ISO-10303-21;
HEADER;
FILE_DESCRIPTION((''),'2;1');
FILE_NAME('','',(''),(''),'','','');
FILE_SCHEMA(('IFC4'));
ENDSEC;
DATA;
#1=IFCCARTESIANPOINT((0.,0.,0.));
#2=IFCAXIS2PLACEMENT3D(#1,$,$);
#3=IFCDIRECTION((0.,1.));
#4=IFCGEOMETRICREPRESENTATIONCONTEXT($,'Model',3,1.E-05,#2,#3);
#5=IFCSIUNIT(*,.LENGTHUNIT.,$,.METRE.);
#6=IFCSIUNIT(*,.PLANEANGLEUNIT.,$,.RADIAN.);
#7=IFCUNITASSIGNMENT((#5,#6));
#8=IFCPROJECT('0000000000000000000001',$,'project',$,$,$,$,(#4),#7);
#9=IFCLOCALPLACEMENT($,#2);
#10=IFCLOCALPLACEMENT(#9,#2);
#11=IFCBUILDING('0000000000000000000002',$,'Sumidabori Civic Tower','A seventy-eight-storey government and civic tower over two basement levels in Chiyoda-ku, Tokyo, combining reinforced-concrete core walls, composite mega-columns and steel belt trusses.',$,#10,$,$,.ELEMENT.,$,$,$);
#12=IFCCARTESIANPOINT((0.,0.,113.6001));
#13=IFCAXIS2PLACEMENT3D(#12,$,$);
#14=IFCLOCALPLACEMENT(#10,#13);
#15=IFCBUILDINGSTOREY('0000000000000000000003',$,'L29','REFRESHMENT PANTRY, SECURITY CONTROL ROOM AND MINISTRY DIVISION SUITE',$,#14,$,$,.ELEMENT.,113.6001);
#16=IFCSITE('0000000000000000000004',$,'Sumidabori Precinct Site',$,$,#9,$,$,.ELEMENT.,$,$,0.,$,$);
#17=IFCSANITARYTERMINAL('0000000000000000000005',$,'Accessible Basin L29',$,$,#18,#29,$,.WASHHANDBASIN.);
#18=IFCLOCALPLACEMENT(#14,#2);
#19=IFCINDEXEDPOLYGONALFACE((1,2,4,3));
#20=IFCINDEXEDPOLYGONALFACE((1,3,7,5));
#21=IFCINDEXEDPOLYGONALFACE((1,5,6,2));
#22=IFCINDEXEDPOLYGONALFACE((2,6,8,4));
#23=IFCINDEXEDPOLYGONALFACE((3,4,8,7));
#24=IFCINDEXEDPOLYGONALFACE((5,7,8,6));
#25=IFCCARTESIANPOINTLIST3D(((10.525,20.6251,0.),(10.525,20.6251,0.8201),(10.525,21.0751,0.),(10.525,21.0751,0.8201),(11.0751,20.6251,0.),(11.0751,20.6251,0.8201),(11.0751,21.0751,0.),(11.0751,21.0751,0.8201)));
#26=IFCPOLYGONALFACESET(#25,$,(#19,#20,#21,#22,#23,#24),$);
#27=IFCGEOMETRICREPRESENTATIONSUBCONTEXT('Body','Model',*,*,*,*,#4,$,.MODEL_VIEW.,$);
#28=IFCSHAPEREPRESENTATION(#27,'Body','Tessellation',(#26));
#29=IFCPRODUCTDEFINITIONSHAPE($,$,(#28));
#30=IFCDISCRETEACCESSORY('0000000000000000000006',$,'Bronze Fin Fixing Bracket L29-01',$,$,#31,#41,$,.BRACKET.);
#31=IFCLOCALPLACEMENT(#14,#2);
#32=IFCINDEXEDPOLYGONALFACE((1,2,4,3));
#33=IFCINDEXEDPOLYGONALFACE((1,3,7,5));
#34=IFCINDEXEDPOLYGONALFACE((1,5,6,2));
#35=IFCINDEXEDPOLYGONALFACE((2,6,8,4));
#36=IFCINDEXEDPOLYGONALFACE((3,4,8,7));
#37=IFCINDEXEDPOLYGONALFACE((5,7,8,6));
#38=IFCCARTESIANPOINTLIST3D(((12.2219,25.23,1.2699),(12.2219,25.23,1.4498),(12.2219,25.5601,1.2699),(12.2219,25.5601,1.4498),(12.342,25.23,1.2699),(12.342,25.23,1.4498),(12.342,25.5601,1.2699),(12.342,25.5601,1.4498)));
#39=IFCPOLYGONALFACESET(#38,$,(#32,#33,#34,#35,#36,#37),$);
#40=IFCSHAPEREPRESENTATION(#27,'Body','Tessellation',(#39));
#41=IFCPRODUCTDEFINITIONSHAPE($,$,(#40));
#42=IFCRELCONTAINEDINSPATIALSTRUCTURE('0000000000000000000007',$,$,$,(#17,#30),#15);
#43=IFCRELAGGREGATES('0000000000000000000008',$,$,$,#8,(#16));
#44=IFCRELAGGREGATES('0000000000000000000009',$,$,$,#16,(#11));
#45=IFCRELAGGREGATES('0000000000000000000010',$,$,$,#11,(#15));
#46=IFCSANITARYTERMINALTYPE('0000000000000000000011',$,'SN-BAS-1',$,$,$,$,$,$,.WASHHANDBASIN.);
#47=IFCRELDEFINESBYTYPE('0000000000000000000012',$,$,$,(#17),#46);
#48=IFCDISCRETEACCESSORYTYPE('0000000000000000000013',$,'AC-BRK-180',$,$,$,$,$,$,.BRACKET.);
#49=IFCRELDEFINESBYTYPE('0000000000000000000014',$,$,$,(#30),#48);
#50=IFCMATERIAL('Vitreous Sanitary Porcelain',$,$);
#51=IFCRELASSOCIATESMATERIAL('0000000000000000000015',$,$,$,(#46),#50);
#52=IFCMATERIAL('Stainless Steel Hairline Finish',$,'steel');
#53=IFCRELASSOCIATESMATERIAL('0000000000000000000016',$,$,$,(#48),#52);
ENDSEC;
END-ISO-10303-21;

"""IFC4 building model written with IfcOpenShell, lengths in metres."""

from ifc_helpers import new_model, si_unit, direction, frame, origin, origin_2d, place, context, subcontext, project, spatial, rectangle, extrude, source, transform, mapped, material, material_profile, profile_set, type_object, element, save


model = new_model("IFC4")

# Units and contexts
model_context = context("Model", 3, precision=1e-05, world=origin(), true_north=direction((0.0, 1.0)))
body_context = subcontext(model_context, "Body", "Model", "MODEL_VIEW")
ifc_project = project(units=[si_unit("LENGTHUNIT", "METRE"), si_unit("PLANEANGLEUNIT", "RADIAN")], contexts=[model_context])

# Site, building, storey
site_placement = place(None, origin())
site = spatial("IfcSite", under=ifc_project, at=site_placement, Name="Sumidabori Precinct Site", CompositionType="ELEMENT", RefElevation=0.0)
building_placement = place(site_placement, origin())
building = spatial("IfcBuilding", under=site, at=building_placement, Name="Sumidabori Civic Tower", Description="A seventy-eight-storey government and civic tower over two basement levels in Chiyoda-ku, Tokyo, combining reinforced-concrete core walls, composite mega-columns and steel belt trusses.", CompositionType="ELEMENT")
storey_placement = place(building_placement, frame((0.0, 0.0, 113.6001)))
storey = spatial("IfcBuildingStorey", under=building, at=storey_placement, Name="L29", Description="REFRESHMENT PANTRY, SECURITY CONTROL ROOM AND MINISTRY DIVISION SUITE", CompositionType="ELEMENT", Elevation=113.6001)

# Shared definitions
ifc_material_1 = material(Name="Stainless Steel Hairline Finish", Category="steel")

# Sanitary terminal
ifc_material_2 = material(Name="Vitreous Sanitary Porcelain")
sanitary_terminal_type_1 = type_object("IfcSanitaryTerminalType", Name="SN-BAS-1", PredefinedType="WASHHANDBASIN", material=ifc_material_2)
shared_shape_1 = source(origin(), body_context, "Body", "SweptSolid", [
    extrude(rectangle(XDim=0.55, YDim=0.45, at=origin_2d()), origin(), (0.0, 0.0, 1.0), 0.8201),
])
sanitary_terminal_1_placement = place(storey_placement, frame((10.8, 20.8501, 0.0), z_axis=(0.0, 0.0, 1.0), x_axis=(1.0, 0.0, 0.0)))
element("IfcSanitaryTerminal", 1, at=sanitary_terminal_1_placement, inside=storey, type_object=sanitary_terminal_type_1, Name="Accessible Basin L29", PredefinedType="WASHHANDBASIN", context=body_context, shape_type="MappedRepresentation", body=[
    mapped(shared_shape_1, transform((0.0, 0.0, 0.0), x_axis=(1.0, 0.0, 0.0), y_axis=(0.0, 1.0, 0.0), z_axis=(0.0, 0.0, 1.0), scale=1.0)),
])

# Discrete accessory
ifc_material_profile_1 = material_profile(ifc_material_1, rectangle(XDim=0.1201, YDim=0.1799, at=origin_2d()), Name="STEEL BRACKET 180x120")
ifc_profile_set_1 = profile_set([ifc_material_profile_1], Name="Stainless Steel Hairline Finish")
discrete_accessory_type = type_object("IfcDiscreteAccessoryType", Name="AC-BRK-180", PredefinedType="BRACKET", material=ifc_profile_set_1)
shared_shape_2 = source(origin(), body_context, "Body", "SweptSolid", [
    extrude(rectangle(XDim=0.1201, YDim=0.1799, at=origin_2d()), origin(), (0.0, 0.0, 1.0), 0.3301),
])
discrete_accessory_placement = place(storey_placement, frame((12.282, 25.23, 1.3599), z_axis=(0.0, 1.0, 0.0), x_axis=(-1.0, 0.0, 0.0)))
element("IfcDiscreteAccessory", 2, at=discrete_accessory_placement, inside=storey, type_object=discrete_accessory_type, Name="Bronze Fin Fixing Bracket L29-01", PredefinedType="BRACKET", context=body_context, shape_type="MappedRepresentation", body=[
    mapped(shared_shape_2, transform((0.0, 0.0, 0.0), x_axis=(1.0, 0.0, 0.0), y_axis=(0.0, 1.0, 0.0), z_axis=(0.0, 0.0, 1.0), scale=1.0)),
])

save(model, "model.ifc")
